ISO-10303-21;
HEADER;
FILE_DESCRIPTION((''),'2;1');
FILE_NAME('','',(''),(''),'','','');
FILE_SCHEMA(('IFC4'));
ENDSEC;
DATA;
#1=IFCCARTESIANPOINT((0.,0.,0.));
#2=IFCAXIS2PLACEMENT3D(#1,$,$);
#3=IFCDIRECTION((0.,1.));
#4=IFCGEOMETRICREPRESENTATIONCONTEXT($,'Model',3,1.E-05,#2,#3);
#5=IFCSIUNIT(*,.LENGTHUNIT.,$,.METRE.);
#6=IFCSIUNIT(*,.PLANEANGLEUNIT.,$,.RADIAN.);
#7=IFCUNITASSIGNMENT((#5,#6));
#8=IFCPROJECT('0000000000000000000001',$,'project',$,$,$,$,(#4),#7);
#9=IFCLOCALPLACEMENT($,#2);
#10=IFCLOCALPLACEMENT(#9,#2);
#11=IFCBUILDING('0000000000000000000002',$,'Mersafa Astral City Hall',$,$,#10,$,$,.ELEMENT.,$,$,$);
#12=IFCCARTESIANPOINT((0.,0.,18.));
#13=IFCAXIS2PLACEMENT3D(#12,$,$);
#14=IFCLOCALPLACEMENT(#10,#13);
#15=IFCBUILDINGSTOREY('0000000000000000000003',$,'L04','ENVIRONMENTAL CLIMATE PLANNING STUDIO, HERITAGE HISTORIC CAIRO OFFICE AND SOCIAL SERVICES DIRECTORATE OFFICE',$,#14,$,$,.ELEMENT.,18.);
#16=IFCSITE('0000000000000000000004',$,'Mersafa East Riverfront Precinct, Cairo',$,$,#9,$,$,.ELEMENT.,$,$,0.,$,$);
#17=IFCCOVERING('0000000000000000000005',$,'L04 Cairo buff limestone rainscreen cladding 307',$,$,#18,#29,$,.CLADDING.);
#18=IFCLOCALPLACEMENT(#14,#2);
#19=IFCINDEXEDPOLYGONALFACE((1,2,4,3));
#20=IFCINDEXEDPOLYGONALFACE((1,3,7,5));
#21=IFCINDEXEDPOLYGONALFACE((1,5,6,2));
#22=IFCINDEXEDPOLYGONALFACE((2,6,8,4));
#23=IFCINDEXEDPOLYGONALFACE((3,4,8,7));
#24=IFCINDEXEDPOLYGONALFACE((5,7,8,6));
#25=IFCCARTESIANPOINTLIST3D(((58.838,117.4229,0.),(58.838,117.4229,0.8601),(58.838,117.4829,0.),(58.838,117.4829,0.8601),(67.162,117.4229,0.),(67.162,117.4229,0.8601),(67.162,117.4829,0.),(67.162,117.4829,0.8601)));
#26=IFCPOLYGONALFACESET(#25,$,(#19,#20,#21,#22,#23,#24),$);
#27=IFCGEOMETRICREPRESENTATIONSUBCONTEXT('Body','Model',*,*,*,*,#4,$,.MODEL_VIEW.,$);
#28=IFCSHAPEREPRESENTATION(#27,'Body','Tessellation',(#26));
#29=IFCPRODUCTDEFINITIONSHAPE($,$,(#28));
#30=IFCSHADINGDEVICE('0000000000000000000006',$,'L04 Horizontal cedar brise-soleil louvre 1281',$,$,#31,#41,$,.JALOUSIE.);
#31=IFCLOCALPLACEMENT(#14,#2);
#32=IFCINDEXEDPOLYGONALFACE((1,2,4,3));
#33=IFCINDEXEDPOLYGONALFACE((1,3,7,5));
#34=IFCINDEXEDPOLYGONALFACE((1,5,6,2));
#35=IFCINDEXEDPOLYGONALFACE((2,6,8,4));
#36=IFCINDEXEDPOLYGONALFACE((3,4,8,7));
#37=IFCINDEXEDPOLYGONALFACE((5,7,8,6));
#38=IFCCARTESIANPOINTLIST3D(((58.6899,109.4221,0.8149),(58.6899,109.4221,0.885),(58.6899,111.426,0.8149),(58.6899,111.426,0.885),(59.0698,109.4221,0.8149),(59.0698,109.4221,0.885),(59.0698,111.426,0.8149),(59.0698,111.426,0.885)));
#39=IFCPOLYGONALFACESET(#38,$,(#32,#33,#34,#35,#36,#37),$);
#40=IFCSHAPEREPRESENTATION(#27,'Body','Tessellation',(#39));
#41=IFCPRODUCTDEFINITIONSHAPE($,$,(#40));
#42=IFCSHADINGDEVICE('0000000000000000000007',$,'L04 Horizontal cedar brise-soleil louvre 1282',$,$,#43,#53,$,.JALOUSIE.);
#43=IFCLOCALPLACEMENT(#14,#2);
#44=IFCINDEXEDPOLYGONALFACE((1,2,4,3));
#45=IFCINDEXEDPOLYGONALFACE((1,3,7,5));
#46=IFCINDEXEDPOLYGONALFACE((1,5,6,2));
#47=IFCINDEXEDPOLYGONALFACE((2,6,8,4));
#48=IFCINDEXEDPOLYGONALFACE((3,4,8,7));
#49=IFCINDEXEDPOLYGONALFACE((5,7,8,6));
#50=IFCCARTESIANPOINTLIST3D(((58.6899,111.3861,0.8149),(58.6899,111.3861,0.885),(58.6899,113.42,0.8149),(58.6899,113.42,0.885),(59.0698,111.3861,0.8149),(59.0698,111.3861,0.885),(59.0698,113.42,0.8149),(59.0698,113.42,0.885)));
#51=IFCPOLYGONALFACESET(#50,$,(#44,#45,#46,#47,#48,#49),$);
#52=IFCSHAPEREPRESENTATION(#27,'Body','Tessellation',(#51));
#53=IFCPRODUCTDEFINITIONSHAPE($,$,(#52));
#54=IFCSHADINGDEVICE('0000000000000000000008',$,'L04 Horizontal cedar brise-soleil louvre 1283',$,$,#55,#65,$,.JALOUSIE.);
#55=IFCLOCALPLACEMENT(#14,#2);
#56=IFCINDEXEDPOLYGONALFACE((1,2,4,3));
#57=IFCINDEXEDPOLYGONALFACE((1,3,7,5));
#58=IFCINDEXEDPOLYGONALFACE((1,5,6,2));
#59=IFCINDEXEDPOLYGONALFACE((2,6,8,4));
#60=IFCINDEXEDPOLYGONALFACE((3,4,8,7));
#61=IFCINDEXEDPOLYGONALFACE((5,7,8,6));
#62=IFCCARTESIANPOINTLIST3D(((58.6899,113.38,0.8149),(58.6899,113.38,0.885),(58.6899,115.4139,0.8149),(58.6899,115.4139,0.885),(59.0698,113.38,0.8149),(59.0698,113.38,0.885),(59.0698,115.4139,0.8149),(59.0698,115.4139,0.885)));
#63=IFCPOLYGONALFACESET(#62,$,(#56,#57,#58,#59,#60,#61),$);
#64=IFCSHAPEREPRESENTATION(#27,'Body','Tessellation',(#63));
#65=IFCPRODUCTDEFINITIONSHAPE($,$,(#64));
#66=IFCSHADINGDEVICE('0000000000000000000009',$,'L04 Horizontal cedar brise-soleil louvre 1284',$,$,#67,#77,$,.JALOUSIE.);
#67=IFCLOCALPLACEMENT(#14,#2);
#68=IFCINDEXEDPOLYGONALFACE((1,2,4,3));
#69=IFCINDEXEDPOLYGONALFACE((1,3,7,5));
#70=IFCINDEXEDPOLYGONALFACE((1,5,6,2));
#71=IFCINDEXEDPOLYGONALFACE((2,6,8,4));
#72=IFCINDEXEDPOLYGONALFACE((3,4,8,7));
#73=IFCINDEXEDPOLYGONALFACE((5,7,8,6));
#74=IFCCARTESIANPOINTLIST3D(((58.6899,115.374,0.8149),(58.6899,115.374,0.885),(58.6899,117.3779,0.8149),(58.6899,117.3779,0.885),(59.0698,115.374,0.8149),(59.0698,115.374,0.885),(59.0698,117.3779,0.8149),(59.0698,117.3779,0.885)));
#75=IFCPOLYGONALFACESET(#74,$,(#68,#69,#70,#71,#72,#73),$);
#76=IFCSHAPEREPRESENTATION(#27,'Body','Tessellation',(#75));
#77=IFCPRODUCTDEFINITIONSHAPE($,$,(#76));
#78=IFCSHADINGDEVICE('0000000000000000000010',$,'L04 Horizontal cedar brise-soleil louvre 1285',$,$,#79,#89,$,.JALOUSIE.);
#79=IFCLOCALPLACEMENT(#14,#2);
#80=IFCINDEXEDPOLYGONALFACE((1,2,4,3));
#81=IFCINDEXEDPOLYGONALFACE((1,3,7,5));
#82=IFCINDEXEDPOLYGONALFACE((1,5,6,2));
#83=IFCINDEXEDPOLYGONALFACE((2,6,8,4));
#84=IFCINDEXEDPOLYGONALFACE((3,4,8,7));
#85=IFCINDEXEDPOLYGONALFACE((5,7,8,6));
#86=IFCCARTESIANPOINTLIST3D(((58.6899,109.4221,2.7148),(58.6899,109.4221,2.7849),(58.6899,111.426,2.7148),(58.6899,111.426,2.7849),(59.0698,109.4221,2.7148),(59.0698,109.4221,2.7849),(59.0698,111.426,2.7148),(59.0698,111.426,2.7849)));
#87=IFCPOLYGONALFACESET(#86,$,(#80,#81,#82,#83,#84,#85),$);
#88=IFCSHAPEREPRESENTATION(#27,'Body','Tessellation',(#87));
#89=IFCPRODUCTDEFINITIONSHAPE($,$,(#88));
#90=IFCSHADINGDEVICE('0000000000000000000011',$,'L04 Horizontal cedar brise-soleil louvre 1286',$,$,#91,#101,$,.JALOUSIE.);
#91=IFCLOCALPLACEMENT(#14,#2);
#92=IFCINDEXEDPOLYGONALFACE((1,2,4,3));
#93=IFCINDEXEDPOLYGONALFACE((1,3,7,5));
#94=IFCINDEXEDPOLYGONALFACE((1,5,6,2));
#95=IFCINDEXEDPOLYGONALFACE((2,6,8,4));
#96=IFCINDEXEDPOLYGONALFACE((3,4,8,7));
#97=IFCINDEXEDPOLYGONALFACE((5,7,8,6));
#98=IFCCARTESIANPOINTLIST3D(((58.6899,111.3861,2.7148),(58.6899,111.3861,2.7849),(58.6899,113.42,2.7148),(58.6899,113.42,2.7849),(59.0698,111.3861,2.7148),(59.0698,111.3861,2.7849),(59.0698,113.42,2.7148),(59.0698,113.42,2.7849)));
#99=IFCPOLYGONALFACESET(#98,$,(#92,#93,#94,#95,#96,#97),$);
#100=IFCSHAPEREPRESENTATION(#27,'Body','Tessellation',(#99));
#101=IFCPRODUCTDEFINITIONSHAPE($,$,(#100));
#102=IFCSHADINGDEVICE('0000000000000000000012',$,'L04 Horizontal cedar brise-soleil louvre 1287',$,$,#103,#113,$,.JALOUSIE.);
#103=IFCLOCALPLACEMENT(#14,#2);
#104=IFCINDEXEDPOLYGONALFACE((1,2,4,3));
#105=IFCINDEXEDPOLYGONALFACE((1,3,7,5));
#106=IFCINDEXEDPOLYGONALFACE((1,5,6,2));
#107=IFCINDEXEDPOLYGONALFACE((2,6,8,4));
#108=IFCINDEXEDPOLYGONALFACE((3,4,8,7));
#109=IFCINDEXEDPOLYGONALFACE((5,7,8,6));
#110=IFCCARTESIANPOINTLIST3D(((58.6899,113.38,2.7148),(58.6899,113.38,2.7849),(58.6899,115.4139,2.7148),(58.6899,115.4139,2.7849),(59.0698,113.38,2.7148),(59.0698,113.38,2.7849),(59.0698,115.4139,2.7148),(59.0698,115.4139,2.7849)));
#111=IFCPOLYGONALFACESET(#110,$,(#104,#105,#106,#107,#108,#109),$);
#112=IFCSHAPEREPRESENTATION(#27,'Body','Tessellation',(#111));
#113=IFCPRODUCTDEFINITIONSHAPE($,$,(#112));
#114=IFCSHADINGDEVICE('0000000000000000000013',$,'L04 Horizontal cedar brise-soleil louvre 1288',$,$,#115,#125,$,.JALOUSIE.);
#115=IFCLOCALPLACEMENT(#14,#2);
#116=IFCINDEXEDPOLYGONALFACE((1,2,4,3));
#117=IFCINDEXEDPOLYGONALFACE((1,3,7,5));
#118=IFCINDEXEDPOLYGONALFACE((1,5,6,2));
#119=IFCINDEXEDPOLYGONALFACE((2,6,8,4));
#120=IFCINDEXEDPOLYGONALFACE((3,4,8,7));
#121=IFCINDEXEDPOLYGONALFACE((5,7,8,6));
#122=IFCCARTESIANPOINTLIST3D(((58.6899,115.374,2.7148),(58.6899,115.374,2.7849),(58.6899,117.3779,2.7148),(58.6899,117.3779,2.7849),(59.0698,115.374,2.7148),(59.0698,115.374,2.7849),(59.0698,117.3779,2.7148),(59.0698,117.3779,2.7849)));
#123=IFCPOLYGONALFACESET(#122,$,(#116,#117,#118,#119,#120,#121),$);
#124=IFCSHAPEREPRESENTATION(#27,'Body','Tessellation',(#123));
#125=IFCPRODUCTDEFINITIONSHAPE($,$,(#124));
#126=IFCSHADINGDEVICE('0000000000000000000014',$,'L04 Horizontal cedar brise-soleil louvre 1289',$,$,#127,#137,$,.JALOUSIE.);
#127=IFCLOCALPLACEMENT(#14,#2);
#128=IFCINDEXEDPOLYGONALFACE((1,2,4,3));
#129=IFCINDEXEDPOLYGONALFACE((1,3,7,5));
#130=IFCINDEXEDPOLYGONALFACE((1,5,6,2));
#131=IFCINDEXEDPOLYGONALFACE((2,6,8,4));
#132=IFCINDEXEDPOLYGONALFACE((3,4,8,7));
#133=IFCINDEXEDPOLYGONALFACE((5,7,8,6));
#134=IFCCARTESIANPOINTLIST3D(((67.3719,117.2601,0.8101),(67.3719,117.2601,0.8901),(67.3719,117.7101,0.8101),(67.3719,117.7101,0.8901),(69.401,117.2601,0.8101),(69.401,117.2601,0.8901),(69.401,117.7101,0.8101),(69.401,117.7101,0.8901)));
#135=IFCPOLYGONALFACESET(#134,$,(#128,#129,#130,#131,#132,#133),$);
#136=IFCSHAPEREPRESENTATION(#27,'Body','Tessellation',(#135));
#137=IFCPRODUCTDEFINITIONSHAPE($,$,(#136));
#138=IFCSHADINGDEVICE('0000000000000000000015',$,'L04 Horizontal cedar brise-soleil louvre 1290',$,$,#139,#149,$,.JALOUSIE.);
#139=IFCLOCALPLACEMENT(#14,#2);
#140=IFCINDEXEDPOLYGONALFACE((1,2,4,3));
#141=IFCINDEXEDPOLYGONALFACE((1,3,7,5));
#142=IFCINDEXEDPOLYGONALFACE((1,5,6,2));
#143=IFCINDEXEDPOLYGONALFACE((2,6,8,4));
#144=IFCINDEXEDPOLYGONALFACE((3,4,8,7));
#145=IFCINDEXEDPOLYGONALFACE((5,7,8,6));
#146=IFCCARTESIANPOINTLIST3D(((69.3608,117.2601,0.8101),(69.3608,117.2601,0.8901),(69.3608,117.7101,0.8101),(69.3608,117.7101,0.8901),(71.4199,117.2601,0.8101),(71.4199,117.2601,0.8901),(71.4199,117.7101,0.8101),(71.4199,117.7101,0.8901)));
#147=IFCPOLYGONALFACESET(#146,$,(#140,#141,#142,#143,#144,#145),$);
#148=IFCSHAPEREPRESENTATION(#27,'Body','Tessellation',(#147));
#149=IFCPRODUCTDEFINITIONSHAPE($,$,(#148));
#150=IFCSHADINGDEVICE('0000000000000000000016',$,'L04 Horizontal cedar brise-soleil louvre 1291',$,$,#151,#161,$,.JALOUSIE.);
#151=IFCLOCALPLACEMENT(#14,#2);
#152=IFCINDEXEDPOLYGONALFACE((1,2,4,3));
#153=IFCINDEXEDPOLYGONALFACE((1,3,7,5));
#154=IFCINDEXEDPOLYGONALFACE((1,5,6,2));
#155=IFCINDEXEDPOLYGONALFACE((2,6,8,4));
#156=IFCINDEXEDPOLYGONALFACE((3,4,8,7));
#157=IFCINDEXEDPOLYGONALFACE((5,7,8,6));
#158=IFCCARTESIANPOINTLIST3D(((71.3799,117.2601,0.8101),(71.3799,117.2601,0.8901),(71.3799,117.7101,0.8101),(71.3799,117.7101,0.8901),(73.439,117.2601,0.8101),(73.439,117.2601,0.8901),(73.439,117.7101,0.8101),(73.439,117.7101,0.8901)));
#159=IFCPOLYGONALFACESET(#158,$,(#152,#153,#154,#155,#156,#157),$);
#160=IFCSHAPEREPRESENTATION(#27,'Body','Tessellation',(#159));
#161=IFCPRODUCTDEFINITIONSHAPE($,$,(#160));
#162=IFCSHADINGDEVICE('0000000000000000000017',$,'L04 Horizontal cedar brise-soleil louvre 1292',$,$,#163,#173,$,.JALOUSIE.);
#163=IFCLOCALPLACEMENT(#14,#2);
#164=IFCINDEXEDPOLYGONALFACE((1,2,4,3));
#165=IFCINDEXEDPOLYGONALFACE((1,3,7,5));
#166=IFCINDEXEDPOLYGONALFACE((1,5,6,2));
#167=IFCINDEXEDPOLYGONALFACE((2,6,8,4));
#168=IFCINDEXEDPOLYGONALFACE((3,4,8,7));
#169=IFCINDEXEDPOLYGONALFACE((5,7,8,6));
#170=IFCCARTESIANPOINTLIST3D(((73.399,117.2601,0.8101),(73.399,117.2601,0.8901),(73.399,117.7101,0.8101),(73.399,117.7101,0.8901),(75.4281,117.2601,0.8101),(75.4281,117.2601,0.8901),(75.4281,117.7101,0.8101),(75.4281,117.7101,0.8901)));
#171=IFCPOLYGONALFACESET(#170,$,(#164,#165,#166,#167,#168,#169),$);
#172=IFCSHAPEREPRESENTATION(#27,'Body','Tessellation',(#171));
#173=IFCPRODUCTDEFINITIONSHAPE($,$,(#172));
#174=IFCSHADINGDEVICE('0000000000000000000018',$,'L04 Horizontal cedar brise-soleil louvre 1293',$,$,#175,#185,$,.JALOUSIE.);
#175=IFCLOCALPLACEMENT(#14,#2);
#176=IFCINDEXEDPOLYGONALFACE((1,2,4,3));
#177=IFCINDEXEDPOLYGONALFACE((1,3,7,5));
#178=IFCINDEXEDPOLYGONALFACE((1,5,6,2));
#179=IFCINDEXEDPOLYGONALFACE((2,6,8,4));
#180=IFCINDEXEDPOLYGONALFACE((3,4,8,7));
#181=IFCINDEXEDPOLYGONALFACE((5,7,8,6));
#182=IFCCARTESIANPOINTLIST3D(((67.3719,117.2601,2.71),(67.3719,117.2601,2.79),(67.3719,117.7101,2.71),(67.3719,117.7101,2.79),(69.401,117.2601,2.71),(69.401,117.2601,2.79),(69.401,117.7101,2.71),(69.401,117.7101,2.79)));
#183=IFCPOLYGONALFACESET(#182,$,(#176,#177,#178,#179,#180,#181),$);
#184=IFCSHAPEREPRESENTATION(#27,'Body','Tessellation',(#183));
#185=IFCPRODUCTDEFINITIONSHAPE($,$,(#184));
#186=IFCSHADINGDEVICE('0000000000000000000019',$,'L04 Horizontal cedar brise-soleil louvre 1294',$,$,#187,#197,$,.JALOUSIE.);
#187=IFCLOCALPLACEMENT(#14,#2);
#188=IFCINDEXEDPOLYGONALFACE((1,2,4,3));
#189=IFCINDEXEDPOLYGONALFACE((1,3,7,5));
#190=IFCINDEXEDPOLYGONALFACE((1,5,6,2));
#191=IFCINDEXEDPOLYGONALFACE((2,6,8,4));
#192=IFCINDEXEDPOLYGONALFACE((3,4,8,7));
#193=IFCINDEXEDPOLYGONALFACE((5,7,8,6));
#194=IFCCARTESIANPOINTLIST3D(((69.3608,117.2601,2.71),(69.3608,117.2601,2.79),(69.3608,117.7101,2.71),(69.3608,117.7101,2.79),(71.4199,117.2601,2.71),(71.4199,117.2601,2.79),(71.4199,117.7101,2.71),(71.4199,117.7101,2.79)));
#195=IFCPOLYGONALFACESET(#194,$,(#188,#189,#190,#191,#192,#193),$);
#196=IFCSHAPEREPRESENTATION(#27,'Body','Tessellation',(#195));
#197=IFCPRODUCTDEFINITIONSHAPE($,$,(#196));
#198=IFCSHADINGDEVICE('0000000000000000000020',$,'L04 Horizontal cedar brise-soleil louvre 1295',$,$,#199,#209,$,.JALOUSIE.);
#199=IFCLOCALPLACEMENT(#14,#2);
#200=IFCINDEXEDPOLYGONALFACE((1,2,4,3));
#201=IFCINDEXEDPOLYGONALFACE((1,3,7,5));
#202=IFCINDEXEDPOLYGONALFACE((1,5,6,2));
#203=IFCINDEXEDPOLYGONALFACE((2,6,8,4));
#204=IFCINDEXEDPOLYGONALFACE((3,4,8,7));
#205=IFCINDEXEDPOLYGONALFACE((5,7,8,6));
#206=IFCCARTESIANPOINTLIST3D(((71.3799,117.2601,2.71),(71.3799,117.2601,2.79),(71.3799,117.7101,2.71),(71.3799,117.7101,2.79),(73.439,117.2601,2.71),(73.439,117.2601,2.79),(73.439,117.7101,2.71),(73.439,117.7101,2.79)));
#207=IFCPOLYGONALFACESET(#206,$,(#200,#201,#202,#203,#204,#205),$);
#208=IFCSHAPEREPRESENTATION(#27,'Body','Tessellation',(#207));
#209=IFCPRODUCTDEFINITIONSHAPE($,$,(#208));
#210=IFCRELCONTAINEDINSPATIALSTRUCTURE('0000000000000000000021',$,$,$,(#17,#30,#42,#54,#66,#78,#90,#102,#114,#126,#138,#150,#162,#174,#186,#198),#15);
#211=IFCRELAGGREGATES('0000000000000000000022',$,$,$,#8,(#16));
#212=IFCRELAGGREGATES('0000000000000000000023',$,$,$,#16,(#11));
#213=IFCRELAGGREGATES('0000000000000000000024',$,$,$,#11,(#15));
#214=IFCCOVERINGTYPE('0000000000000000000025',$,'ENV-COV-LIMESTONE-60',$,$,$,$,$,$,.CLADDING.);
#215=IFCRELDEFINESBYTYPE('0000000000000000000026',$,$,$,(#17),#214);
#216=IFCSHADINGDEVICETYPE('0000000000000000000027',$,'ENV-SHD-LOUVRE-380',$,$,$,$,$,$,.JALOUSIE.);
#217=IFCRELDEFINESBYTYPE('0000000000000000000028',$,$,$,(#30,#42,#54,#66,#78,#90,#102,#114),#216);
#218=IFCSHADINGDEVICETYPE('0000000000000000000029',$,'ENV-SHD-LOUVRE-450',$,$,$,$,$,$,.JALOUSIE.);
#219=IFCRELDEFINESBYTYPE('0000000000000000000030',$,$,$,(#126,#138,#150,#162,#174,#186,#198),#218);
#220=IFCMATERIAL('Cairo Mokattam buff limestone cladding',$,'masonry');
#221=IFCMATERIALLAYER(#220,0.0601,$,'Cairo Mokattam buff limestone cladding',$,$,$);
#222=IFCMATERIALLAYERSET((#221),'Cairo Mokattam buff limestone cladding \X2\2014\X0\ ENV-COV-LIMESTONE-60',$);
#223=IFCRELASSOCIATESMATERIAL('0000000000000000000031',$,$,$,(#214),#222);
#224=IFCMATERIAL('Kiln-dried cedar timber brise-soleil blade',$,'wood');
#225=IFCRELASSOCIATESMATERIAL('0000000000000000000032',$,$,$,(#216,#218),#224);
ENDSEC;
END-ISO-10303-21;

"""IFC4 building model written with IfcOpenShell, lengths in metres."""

from ifc_helpers import new_model, si_unit, direction, frame, origin, origin_2d, place, context, subcontext, project, spatial, rectangle, extrude, material, layer, layer_set, type_object, element, save


model = new_model("IFC4")

# Units and contexts
model_context = context("Model", 3, precision=1e-05, world=origin(), true_north=direction((0.0, 1.0)))
body_context = subcontext(model_context, "Body", "Model", "MODEL_VIEW")
ifc_project = project(units=[si_unit("LENGTHUNIT", "METRE"), si_unit("PLANEANGLEUNIT", "RADIAN")], contexts=[model_context])

# Site, building, storey
site_placement = place(None, origin())
site = spatial("IfcSite", under=ifc_project, at=site_placement, Name="Mersafa East Riverfront Precinct, Cairo", CompositionType="ELEMENT", RefElevation=0.0)
building_placement = place(site_placement, origin())
building = spatial("IfcBuilding", under=site, at=building_placement, Name="Mersafa Astral City Hall", CompositionType="ELEMENT")
storey_placement = place(building_placement, frame((0.0, 0.0, 18.0)))
storey = spatial("IfcBuildingStorey", under=building, at=storey_placement, Name="L04", Description="ENVIRONMENTAL CLIMATE PLANNING STUDIO, HERITAGE HISTORIC CAIRO OFFICE AND SOCIAL SERVICES DIRECTORATE OFFICE", CompositionType="ELEMENT", Elevation=18.0)

# Covering
ifc_material_1 = material(Name="Cairo Mokattam buff limestone cladding", Category="masonry")
ifc_layer_1 = layer(ifc_material_1, 0.0601, Name="Cairo Mokattam buff limestone cladding")
ifc_layer_set_1 = layer_set([ifc_layer_1], Name="Cairo Mokattam buff limestone cladding — ENV-COV-LIMESTONE-60")
covering_type = type_object("IfcCoveringType", Name="ENV-COV-LIMESTONE-60", PredefinedType="CLADDING", material=ifc_layer_set_1)
covering_placement = place(storey_placement, frame((63.0, 117.4529, 0.0), z_axis=(0.0, 0.0, 1.0), x_axis=(1.0, 0.0, 0.0)))
element("IfcCovering", 1, at=covering_placement, inside=storey, type_object=covering_type, Name="L04 Cairo buff limestone rainscreen cladding 307", PredefinedType="CLADDING", context=body_context, shape_type="SweptSolid", body=[
    extrude(rectangle(XDim=8.324, YDim=0.0601, at=origin_2d()), origin(), (0.0, 0.0, 1.0), 0.8601),
])

# Shading devices
ifc_material_2 = material(Name="Kiln-dried cedar timber brise-soleil blade", Category="wood")
shading_device_type_1 = type_object("IfcShadingDeviceType", Name="ENV-SHD-LOUVRE-380", PredefinedType="JALOUSIE", material=ifc_material_2)
shading_device_1_placement = place(storey_placement, frame((58.8799, 110.4241, 0.8149), z_axis=(0.0, 0.0, 1.0), x_axis=(0.0, 1.0, 0.0)))
element("IfcShadingDevice", 2, at=shading_device_1_placement, inside=storey, type_object=shading_device_type_1, Name="L04 Horizontal cedar brise-soleil louvre 1281", PredefinedType="JALOUSIE", context=body_context, shape_type="SweptSolid", body=[
    extrude(rectangle(XDim=2.0039, YDim=0.3799, at=origin_2d()), origin(), (0.0, 0.0, 1.0), 0.0701),
])
for number, where, z_axis, x_axis, name in (
    (3, (58.8799, 112.4031, 0.8149), (0.0, 0.0, 1.0), (0.0, 1.0, 0.0), "L04 Horizontal cedar brise-soleil louvre 1282"),
    (4, (58.8799, 114.397, 0.8149), (0.0, 0.0, 1.0), (0.0, 1.0, 0.0), "L04 Horizontal cedar brise-soleil louvre 1283"),
):
    element("IfcShadingDevice", number, at=place(storey_placement, frame(where, z_axis=z_axis, x_axis=x_axis)), inside=storey, type_object=shading_device_type_1, Name=name, PredefinedType="JALOUSIE", context=body_context, shape_type="SweptSolid", body=[
        extrude(rectangle(XDim=2.0339, YDim=0.3799, at=origin_2d()), origin(), (0.0, 0.0, 1.0), 0.0701),
    ])
for number, where, z_axis, x_axis, name in (
    (5, (58.8799, 116.376, 0.8149), (0.0, 0.0, 1.0), (0.0, 1.0, 0.0), "L04 Horizontal cedar brise-soleil louvre 1284"),
    (6, (58.8799, 110.4241, 2.7148), (0.0, 0.0, 1.0), (0.0, 1.0, 0.0), "L04 Horizontal cedar brise-soleil louvre 1285"),
):
    element("IfcShadingDevice", number, at=place(storey_placement, frame(where, z_axis=z_axis, x_axis=x_axis)), inside=storey, type_object=shading_device_type_1, Name=name, PredefinedType="JALOUSIE", context=body_context, shape_type="SweptSolid", body=[
        extrude(rectangle(XDim=2.0039, YDim=0.3799, at=origin_2d()), origin(), (0.0, 0.0, 1.0), 0.0701),
    ])
for number, where, z_axis, x_axis, name in (
    (7, (58.8799, 112.4031, 2.7148), (0.0, 0.0, 1.0), (0.0, 1.0, 0.0), "L04 Horizontal cedar brise-soleil louvre 1286"),
    (8, (58.8799, 114.397, 2.7148), (0.0, 0.0, 1.0), (0.0, 1.0, 0.0), "L04 Horizontal cedar brise-soleil louvre 1287"),
):
    element("IfcShadingDevice", number, at=place(storey_placement, frame(where, z_axis=z_axis, x_axis=x_axis)), inside=storey, type_object=shading_device_type_1, Name=name, PredefinedType="JALOUSIE", context=body_context, shape_type="SweptSolid", body=[
        extrude(rectangle(XDim=2.0339, YDim=0.3799, at=origin_2d()), origin(), (0.0, 0.0, 1.0), 0.0701),
    ])
shading_device_2_placement = place(storey_placement, frame((58.8799, 116.376, 2.7148), z_axis=(0.0, 0.0, 1.0), x_axis=(0.0, 1.0, 0.0)))
element("IfcShadingDevice", 9, at=shading_device_2_placement, inside=storey, type_object=shading_device_type_1, Name="L04 Horizontal cedar brise-soleil louvre 1288", PredefinedType="JALOUSIE", context=body_context, shape_type="SweptSolid", body=[
    extrude(rectangle(XDim=2.0039, YDim=0.3799, at=origin_2d()), origin(), (0.0, 0.0, 1.0), 0.0701),
])
shading_device_type_2 = type_object("IfcShadingDeviceType", Name="ENV-SHD-LOUVRE-450", PredefinedType="JALOUSIE", material=ifc_material_2)
shading_device_3_placement = place(storey_placement, frame((68.3865, 117.4851, 0.8101), z_axis=(0.0, 0.0, 1.0), x_axis=(1.0, 0.0, 0.0)))
element("IfcShadingDevice", 10, at=shading_device_3_placement, inside=storey, type_object=shading_device_type_2, Name="L04 Horizontal cedar brise-soleil louvre 1289", PredefinedType="JALOUSIE", context=body_context, shape_type="SweptSolid", body=[
    extrude(rectangle(XDim=2.0291, YDim=0.45, at=origin_2d()), origin(), (0.0, 0.0, 1.0), 0.0801),
])
for number, where, z_axis, x_axis, name in (
    (11, (70.3904, 117.4851, 0.8101), (0.0, 0.0, 1.0), (1.0, 0.0, 0.0), "L04 Horizontal cedar brise-soleil louvre 1290"),
    (12, (72.4094, 117.4851, 0.8101), (0.0, 0.0, 1.0), (1.0, 0.0, 0.0), "L04 Horizontal cedar brise-soleil louvre 1291"),
):
    element("IfcShadingDevice", number, at=place(storey_placement, frame(where, z_axis=z_axis, x_axis=x_axis)), inside=storey, type_object=shading_device_type_2, Name=name, PredefinedType="JALOUSIE", context=body_context, shape_type="SweptSolid", body=[
        extrude(rectangle(XDim=2.0591, YDim=0.45, at=origin_2d()), origin(), (0.0, 0.0, 1.0), 0.0801),
    ])
for number, where, z_axis, x_axis, name in (
    (13, (74.4136, 117.4851, 0.8101), (0.0, 0.0, 1.0), (1.0, 0.0, 0.0), "L04 Horizontal cedar brise-soleil louvre 1292"),
    (14, (68.3865, 117.4851, 2.71), (0.0, 0.0, 1.0), (1.0, 0.0, 0.0), "L04 Horizontal cedar brise-soleil louvre 1293"),
):
    element("IfcShadingDevice", number, at=place(storey_placement, frame(where, z_axis=z_axis, x_axis=x_axis)), inside=storey, type_object=shading_device_type_2, Name=name, PredefinedType="JALOUSIE", context=body_context, shape_type="SweptSolid", body=[
        extrude(rectangle(XDim=2.0291, YDim=0.45, at=origin_2d()), origin(), (0.0, 0.0, 1.0), 0.0801),
    ])
for number, where, z_axis, x_axis, name in (
    (15, (70.3904, 117.4851, 2.71), (0.0, 0.0, 1.0), (1.0, 0.0, 0.0), "L04 Horizontal cedar brise-soleil louvre 1294"),
    (16, (72.4094, 117.4851, 2.71), (0.0, 0.0, 1.0), (1.0, 0.0, 0.0), "L04 Horizontal cedar brise-soleil louvre 1295"),
):
    element("IfcShadingDevice", number, at=place(storey_placement, frame(where, z_axis=z_axis, x_axis=x_axis)), inside=storey, type_object=shading_device_type_2, Name=name, PredefinedType="JALOUSIE", context=body_context, shape_type="SweptSolid", body=[
        extrude(rectangle(XDim=2.0591, YDim=0.45, at=origin_2d()), origin(), (0.0, 0.0, 1.0), 0.0801),
    ])

save(model, "model.ifc")
